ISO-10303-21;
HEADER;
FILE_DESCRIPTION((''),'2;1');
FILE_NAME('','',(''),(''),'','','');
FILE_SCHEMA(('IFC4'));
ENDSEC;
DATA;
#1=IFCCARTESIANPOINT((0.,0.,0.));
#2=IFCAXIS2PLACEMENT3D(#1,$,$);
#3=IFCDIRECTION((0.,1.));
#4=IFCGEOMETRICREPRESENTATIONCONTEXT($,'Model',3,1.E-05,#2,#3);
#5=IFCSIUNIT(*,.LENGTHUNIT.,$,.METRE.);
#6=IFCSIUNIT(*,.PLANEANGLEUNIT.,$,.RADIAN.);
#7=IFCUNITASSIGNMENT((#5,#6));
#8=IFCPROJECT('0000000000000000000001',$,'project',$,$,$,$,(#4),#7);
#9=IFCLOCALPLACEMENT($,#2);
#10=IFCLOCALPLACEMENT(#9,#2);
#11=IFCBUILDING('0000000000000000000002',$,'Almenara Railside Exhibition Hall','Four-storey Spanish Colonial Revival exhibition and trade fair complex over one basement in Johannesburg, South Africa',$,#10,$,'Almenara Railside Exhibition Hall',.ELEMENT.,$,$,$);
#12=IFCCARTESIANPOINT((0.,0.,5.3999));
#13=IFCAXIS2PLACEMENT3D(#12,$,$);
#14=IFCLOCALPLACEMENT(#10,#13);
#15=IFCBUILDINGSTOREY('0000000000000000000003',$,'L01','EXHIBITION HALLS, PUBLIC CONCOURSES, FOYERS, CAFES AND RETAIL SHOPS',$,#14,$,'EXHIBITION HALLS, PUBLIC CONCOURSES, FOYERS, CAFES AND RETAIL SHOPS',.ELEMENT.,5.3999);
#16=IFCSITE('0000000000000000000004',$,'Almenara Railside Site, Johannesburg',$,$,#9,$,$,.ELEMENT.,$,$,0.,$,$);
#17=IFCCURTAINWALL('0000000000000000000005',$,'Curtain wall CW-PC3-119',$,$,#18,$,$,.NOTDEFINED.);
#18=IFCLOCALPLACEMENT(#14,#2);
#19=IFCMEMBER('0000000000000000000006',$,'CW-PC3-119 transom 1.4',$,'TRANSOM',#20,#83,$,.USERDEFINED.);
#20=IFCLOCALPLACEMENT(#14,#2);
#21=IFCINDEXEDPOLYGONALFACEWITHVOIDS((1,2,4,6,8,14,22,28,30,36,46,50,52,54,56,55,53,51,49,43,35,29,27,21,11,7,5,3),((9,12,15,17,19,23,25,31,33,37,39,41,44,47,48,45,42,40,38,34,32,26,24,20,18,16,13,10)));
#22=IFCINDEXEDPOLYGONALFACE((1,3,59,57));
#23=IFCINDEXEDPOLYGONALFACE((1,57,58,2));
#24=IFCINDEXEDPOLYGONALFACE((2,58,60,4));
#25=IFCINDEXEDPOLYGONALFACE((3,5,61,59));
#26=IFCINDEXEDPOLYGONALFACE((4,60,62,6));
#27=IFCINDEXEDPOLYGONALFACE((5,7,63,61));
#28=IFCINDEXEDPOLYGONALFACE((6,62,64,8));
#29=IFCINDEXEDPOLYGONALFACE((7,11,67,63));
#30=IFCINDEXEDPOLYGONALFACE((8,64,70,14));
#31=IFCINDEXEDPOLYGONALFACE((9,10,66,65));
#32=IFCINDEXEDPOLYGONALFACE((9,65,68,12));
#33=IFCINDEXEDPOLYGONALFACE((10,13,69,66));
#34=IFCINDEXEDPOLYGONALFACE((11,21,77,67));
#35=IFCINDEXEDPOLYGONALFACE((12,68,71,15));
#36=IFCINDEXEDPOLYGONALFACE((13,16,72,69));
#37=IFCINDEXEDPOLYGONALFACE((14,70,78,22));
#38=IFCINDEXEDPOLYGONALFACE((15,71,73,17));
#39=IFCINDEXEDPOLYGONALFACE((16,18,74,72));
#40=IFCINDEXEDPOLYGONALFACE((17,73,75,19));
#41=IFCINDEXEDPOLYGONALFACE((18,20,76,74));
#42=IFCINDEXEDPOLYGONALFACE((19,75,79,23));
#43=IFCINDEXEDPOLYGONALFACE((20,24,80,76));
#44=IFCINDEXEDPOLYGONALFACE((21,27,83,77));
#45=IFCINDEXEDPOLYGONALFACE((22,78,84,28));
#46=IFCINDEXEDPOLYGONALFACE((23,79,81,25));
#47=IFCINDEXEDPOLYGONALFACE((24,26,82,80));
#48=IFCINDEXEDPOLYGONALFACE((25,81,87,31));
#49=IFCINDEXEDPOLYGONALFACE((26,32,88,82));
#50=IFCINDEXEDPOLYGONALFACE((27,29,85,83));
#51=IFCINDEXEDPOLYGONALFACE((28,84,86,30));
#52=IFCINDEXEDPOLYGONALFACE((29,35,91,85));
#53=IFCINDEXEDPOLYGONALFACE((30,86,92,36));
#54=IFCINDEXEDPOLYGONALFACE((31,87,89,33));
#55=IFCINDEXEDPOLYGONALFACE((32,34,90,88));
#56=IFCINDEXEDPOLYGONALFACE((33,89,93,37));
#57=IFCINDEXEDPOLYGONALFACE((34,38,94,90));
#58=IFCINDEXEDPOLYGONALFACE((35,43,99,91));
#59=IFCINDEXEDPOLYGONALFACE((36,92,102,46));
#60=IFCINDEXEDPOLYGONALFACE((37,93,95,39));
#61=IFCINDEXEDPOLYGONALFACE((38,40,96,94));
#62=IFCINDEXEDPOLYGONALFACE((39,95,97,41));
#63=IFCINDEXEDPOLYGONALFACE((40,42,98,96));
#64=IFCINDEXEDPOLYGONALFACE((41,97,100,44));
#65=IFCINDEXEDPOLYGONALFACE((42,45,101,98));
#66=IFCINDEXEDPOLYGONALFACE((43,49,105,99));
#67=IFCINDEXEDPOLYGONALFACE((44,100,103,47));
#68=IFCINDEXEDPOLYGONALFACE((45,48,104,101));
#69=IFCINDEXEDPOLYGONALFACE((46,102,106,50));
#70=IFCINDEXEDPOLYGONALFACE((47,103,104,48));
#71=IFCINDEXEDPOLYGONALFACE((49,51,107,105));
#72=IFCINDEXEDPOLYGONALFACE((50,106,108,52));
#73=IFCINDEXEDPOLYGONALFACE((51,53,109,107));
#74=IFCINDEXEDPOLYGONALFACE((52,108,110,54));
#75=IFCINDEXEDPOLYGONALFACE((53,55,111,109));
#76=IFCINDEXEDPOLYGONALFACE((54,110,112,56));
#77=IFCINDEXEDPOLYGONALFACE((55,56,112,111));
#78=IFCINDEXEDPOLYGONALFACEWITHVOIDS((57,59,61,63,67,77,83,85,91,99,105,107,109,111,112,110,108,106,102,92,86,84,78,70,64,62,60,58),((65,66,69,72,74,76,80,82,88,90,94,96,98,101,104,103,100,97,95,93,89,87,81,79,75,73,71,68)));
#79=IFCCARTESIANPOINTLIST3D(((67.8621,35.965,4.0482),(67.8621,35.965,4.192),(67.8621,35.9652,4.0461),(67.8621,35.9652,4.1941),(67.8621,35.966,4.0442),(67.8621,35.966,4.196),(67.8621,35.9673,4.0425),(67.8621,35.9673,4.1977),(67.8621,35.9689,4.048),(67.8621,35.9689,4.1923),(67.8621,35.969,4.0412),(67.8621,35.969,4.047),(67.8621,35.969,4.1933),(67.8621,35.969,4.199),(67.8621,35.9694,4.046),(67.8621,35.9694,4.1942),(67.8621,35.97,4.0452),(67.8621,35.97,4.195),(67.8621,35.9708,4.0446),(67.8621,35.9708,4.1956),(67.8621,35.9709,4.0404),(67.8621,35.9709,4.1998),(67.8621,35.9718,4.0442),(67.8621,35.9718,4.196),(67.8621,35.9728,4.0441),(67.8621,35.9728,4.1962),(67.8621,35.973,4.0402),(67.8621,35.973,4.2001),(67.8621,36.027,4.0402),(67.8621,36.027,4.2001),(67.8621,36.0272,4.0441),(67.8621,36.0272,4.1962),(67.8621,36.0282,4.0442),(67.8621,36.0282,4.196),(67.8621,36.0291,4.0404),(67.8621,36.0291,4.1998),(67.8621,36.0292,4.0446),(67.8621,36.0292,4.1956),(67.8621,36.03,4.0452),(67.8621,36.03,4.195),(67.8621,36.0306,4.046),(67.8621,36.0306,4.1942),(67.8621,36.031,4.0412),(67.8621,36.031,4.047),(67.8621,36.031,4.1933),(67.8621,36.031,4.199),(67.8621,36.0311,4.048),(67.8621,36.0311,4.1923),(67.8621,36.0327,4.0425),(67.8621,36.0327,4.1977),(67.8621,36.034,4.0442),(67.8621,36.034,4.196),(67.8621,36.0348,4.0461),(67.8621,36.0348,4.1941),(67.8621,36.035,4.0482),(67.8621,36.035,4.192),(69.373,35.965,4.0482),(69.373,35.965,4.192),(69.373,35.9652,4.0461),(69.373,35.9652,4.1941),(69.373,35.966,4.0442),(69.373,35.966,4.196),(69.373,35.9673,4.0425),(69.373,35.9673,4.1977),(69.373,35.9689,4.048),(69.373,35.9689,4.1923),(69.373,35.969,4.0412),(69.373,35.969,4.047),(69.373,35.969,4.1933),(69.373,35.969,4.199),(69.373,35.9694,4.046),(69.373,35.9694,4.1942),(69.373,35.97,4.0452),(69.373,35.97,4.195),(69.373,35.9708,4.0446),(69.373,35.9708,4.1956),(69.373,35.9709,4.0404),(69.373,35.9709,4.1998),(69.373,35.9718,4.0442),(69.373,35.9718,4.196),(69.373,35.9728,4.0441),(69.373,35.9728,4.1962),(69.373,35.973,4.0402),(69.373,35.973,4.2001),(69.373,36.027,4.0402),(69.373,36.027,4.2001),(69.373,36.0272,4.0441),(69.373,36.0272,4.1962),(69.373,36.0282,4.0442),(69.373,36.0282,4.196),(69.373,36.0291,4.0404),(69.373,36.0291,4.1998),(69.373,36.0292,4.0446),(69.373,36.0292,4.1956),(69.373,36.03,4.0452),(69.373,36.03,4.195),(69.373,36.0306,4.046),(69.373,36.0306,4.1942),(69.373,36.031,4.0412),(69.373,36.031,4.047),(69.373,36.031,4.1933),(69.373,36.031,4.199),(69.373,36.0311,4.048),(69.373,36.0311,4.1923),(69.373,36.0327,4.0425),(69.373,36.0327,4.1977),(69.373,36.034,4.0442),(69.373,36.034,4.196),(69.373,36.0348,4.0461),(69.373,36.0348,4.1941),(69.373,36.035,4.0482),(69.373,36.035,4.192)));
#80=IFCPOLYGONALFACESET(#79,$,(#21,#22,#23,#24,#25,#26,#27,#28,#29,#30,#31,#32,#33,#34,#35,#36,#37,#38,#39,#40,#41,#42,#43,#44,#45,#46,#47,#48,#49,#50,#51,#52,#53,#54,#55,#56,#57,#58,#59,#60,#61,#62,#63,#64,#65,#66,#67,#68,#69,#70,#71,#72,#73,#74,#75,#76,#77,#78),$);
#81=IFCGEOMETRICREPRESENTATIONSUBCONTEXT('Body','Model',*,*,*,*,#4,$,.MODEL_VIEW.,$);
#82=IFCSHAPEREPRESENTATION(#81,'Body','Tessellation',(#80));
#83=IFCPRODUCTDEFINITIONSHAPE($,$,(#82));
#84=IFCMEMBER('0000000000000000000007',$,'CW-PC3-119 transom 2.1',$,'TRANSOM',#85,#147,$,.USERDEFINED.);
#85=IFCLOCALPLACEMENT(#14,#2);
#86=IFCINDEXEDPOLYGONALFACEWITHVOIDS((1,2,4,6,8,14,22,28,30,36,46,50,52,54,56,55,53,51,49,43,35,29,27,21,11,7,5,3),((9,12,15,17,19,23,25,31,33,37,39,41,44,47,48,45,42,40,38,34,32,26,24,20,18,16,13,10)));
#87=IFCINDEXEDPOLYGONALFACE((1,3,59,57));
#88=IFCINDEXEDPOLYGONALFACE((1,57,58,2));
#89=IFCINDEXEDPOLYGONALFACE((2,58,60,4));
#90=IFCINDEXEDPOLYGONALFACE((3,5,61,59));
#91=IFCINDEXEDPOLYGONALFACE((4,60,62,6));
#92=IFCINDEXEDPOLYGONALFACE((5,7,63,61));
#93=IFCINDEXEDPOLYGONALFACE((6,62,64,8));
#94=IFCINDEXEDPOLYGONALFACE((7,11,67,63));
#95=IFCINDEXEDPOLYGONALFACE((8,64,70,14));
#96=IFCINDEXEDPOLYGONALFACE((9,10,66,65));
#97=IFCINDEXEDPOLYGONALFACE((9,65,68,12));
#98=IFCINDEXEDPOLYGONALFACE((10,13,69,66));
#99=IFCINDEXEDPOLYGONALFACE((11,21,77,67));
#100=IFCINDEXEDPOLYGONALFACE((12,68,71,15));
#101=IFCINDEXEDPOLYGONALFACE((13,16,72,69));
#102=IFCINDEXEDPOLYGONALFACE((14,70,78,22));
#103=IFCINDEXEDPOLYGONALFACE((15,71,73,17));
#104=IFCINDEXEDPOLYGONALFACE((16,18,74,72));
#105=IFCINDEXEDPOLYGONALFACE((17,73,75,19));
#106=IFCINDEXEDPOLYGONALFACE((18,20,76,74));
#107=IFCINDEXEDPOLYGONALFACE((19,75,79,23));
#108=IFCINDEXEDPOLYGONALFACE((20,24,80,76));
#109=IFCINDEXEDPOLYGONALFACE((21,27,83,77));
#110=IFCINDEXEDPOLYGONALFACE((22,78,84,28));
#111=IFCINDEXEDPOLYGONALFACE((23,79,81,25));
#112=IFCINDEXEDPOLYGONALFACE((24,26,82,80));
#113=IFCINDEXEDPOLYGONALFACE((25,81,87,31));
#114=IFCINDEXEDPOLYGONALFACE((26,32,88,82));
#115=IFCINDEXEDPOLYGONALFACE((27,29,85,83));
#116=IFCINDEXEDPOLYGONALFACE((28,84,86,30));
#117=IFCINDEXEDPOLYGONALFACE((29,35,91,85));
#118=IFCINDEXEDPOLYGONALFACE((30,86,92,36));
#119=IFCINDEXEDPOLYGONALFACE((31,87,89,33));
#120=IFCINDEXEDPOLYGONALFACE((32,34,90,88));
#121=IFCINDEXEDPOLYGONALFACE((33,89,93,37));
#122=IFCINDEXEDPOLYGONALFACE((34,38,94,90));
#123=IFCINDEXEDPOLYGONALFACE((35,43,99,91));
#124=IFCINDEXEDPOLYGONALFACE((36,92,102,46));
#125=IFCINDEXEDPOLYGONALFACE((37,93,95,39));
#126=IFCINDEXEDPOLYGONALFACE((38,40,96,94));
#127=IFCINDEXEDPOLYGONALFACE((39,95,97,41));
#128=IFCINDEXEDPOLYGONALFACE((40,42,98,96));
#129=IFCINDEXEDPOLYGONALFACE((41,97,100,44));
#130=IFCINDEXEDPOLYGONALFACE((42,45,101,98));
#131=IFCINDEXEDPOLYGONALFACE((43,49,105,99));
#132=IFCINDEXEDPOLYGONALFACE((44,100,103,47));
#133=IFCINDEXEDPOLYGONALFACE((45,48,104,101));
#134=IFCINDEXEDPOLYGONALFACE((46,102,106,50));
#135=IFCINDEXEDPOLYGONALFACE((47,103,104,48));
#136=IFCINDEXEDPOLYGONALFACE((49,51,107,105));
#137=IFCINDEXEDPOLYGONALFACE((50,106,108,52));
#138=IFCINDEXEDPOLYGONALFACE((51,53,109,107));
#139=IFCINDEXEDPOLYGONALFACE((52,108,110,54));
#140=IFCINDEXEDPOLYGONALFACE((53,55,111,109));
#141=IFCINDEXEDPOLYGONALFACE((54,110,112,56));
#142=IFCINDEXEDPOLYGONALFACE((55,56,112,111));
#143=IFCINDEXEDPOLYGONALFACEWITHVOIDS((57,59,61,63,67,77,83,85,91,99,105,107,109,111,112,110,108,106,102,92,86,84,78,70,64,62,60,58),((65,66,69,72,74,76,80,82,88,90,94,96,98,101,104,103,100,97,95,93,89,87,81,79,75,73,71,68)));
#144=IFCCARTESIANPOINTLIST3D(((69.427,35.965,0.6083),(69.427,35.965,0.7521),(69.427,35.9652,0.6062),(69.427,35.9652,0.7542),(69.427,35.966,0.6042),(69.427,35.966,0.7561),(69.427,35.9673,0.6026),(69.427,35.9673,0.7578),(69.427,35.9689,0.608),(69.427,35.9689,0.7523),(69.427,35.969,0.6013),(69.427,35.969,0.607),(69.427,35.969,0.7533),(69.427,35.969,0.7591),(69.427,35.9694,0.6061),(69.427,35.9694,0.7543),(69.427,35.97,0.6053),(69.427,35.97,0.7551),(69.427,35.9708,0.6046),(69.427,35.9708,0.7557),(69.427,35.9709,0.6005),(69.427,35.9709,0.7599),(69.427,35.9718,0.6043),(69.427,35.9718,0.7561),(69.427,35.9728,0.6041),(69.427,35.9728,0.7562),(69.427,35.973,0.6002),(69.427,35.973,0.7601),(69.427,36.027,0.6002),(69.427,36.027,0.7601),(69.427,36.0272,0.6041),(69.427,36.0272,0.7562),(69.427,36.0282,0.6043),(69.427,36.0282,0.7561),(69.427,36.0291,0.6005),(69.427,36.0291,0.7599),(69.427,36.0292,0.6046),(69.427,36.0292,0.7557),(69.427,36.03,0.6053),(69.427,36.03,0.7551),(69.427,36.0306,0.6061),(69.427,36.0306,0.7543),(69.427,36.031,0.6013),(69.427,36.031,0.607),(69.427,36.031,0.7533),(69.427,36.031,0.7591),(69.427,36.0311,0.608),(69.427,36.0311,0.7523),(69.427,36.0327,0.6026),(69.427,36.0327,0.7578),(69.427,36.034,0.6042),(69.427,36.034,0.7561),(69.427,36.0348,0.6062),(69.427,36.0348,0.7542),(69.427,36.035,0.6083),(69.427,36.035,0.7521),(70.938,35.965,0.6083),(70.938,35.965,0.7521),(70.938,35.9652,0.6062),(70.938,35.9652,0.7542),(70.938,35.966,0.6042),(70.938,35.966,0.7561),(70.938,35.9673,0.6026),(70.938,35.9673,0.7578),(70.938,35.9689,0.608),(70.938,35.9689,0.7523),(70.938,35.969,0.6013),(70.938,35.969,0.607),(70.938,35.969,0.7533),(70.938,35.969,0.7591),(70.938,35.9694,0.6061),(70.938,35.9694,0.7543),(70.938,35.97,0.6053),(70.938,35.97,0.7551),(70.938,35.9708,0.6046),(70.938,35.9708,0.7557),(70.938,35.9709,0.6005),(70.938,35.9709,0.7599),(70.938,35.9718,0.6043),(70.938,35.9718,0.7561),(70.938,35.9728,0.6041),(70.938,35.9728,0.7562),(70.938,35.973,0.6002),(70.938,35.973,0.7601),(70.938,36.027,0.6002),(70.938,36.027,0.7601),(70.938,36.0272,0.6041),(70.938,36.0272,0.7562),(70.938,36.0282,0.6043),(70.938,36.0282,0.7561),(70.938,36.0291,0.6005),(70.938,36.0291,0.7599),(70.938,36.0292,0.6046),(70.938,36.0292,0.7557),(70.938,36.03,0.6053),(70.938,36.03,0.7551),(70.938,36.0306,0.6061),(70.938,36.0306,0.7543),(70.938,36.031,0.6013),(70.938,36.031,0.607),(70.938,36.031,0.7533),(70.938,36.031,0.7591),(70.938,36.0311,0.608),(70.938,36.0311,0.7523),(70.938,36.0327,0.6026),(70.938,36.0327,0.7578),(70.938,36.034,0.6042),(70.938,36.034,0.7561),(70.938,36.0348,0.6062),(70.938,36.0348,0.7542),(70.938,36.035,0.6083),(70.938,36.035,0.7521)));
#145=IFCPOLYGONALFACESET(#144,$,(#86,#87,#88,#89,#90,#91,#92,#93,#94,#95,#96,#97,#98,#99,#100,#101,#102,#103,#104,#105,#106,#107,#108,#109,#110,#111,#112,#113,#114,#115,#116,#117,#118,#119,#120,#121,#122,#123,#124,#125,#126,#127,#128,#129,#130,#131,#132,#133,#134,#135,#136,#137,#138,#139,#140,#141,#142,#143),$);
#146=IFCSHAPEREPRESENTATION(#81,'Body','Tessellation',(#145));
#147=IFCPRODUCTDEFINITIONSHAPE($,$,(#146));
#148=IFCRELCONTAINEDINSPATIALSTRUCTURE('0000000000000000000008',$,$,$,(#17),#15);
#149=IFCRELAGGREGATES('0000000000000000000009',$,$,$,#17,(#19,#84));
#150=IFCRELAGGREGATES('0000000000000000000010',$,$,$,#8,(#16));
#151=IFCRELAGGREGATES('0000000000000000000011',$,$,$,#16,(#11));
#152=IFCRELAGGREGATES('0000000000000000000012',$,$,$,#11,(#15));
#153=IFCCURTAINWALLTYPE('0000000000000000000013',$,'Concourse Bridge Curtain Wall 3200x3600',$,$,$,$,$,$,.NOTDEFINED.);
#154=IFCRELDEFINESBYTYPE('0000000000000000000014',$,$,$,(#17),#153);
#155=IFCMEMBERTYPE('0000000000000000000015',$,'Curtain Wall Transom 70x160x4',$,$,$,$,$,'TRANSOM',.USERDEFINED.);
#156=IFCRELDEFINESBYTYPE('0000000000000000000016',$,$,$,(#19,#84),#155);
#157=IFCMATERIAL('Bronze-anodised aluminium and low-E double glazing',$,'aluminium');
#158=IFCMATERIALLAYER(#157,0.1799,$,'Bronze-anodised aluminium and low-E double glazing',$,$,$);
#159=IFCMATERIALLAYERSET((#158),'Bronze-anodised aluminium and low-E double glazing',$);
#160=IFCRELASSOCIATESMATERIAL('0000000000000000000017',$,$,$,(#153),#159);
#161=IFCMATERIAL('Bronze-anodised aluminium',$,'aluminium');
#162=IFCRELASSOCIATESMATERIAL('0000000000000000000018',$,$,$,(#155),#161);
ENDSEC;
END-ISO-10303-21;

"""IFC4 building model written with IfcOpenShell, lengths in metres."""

from ifc_helpers import new_model, si_unit, direction, frame, origin, origin_2d, place, context, subcontext, project, spatial, hollow_rectangle, extrude, material, layer, layer_set, material_profile, profile_set, type_object, element, aggregate, save


model = new_model("IFC4")

# Units and contexts
model_context = context("Model", 3, precision=1e-05, world=origin(), true_north=direction((0.0, 1.0)))
body_context = subcontext(model_context, "Body", "Model", "MODEL_VIEW")
ifc_project = project(units=[si_unit("LENGTHUNIT", "METRE"), si_unit("PLANEANGLEUNIT", "RADIAN")], contexts=[model_context])

# Site, building, storey
site_placement = place(None, origin())
site = spatial("IfcSite", under=ifc_project, at=site_placement, Name="Almenara Railside Site, Johannesburg", CompositionType="ELEMENT", RefElevation=0.0)
building_placement = place(site_placement, origin())
building = spatial("IfcBuilding", under=site, at=building_placement, Name="Almenara Railside Exhibition Hall", Description="Four-storey Spanish Colonial Revival exhibition and trade fair complex over one basement in Johannesburg, South Africa", LongName="Almenara Railside Exhibition Hall", CompositionType="ELEMENT")
storey_placement = place(building_placement, frame((0.0, 0.0, 5.3999)))
storey = spatial("IfcBuildingStorey", under=building, at=storey_placement, Name="L01", Description="EXHIBITION HALLS, PUBLIC CONCOURSES, FOYERS, CAFES AND RETAIL SHOPS", LongName="EXHIBITION HALLS, PUBLIC CONCOURSES, FOYERS, CAFES AND RETAIL SHOPS", CompositionType="ELEMENT", Elevation=5.3999)

# Shared definitions
ifc_material_1 = material(Name="Bronze-anodised aluminium and low-E double glazing", Category="aluminium")
ifc_material_2 = material(Name="Bronze-anodised aluminium", Category="aluminium")

# Curtain wall
ifc_layer_1 = layer(ifc_material_1, 0.1799, Name="Bronze-anodised aluminium and low-E double glazing")
ifc_layer_set_1 = layer_set([ifc_layer_1], Name="Bronze-anodised aluminium and low-E double glazing")
curtain_wall_type_1 = type_object("IfcCurtainWallType", Name="Concourse Bridge Curtain Wall 3200x3600", PredefinedType="NOTDEFINED", material=ifc_layer_set_1)
curtain_wall_1_placement = place(storey_placement, origin())
curtain_wall_1 = element("IfcCurtainWall", 1, at=curtain_wall_1_placement, inside=storey, type_object=curtain_wall_type_1, Name="Curtain wall CW-PC3-119", PredefinedType="NOTDEFINED")

# Members
ifc_material_profile_1 = material_profile(ifc_material_2, hollow_rectangle(XDim=0.0701, YDim=0.1599, WallThickness=0.0039, InnerFilletRadius=0.0039, OuterFilletRadius=0.0081, at=origin_2d()), Name="ALU-TRN 70x160x4")
ifc_profile_set_1 = profile_set([ifc_material_profile_1], Name="Bronze-anodised aluminium")
member_type_1 = type_object("IfcMemberType", Name="Curtain Wall Transom 70x160x4", ElementType="TRANSOM", PredefinedType="USERDEFINED", material=ifc_profile_set_1)
member_1_placement = place(storey_placement, frame((67.8621, 36.0, 4.1201), z_axis=(1.0, 0.0, 0.0), x_axis=(0.0, 1.0, 0.0)))
member_1 = element("IfcMember", 2, at=member_1_placement, type_object=member_type_1, Name="CW-PC3-119 transom 1.4", ObjectType="TRANSOM", PredefinedType="USERDEFINED", context=body_context, shape_type="SweptSolid", body=[
    extrude(hollow_rectangle(XDim=0.0701, YDim=0.1599, WallThickness=0.0039, InnerFilletRadius=0.0039, OuterFilletRadius=0.0081, at=origin_2d()), origin(), (0.0, 0.0, 1.0), 1.511),
])
member_2_placement = place(storey_placement, frame((69.427, 36.0, 0.6802), z_axis=(1.0, 0.0, 0.0), x_axis=(0.0, 1.0, 0.0)))
member_2 = element("IfcMember", 3, at=member_2_placement, type_object=member_type_1, Name="CW-PC3-119 transom 2.1", ObjectType="TRANSOM", PredefinedType="USERDEFINED", context=body_context, shape_type="SweptSolid", body=[
    extrude(hollow_rectangle(XDim=0.0701, YDim=0.1599, WallThickness=0.0039, InnerFilletRadius=0.0039, OuterFilletRadius=0.0081, at=origin_2d()), origin(), (0.0, 0.0, 1.0), 1.511),
])

aggregate(curtain_wall_1, [member_1, member_2])

save(model, "model.ifc")
